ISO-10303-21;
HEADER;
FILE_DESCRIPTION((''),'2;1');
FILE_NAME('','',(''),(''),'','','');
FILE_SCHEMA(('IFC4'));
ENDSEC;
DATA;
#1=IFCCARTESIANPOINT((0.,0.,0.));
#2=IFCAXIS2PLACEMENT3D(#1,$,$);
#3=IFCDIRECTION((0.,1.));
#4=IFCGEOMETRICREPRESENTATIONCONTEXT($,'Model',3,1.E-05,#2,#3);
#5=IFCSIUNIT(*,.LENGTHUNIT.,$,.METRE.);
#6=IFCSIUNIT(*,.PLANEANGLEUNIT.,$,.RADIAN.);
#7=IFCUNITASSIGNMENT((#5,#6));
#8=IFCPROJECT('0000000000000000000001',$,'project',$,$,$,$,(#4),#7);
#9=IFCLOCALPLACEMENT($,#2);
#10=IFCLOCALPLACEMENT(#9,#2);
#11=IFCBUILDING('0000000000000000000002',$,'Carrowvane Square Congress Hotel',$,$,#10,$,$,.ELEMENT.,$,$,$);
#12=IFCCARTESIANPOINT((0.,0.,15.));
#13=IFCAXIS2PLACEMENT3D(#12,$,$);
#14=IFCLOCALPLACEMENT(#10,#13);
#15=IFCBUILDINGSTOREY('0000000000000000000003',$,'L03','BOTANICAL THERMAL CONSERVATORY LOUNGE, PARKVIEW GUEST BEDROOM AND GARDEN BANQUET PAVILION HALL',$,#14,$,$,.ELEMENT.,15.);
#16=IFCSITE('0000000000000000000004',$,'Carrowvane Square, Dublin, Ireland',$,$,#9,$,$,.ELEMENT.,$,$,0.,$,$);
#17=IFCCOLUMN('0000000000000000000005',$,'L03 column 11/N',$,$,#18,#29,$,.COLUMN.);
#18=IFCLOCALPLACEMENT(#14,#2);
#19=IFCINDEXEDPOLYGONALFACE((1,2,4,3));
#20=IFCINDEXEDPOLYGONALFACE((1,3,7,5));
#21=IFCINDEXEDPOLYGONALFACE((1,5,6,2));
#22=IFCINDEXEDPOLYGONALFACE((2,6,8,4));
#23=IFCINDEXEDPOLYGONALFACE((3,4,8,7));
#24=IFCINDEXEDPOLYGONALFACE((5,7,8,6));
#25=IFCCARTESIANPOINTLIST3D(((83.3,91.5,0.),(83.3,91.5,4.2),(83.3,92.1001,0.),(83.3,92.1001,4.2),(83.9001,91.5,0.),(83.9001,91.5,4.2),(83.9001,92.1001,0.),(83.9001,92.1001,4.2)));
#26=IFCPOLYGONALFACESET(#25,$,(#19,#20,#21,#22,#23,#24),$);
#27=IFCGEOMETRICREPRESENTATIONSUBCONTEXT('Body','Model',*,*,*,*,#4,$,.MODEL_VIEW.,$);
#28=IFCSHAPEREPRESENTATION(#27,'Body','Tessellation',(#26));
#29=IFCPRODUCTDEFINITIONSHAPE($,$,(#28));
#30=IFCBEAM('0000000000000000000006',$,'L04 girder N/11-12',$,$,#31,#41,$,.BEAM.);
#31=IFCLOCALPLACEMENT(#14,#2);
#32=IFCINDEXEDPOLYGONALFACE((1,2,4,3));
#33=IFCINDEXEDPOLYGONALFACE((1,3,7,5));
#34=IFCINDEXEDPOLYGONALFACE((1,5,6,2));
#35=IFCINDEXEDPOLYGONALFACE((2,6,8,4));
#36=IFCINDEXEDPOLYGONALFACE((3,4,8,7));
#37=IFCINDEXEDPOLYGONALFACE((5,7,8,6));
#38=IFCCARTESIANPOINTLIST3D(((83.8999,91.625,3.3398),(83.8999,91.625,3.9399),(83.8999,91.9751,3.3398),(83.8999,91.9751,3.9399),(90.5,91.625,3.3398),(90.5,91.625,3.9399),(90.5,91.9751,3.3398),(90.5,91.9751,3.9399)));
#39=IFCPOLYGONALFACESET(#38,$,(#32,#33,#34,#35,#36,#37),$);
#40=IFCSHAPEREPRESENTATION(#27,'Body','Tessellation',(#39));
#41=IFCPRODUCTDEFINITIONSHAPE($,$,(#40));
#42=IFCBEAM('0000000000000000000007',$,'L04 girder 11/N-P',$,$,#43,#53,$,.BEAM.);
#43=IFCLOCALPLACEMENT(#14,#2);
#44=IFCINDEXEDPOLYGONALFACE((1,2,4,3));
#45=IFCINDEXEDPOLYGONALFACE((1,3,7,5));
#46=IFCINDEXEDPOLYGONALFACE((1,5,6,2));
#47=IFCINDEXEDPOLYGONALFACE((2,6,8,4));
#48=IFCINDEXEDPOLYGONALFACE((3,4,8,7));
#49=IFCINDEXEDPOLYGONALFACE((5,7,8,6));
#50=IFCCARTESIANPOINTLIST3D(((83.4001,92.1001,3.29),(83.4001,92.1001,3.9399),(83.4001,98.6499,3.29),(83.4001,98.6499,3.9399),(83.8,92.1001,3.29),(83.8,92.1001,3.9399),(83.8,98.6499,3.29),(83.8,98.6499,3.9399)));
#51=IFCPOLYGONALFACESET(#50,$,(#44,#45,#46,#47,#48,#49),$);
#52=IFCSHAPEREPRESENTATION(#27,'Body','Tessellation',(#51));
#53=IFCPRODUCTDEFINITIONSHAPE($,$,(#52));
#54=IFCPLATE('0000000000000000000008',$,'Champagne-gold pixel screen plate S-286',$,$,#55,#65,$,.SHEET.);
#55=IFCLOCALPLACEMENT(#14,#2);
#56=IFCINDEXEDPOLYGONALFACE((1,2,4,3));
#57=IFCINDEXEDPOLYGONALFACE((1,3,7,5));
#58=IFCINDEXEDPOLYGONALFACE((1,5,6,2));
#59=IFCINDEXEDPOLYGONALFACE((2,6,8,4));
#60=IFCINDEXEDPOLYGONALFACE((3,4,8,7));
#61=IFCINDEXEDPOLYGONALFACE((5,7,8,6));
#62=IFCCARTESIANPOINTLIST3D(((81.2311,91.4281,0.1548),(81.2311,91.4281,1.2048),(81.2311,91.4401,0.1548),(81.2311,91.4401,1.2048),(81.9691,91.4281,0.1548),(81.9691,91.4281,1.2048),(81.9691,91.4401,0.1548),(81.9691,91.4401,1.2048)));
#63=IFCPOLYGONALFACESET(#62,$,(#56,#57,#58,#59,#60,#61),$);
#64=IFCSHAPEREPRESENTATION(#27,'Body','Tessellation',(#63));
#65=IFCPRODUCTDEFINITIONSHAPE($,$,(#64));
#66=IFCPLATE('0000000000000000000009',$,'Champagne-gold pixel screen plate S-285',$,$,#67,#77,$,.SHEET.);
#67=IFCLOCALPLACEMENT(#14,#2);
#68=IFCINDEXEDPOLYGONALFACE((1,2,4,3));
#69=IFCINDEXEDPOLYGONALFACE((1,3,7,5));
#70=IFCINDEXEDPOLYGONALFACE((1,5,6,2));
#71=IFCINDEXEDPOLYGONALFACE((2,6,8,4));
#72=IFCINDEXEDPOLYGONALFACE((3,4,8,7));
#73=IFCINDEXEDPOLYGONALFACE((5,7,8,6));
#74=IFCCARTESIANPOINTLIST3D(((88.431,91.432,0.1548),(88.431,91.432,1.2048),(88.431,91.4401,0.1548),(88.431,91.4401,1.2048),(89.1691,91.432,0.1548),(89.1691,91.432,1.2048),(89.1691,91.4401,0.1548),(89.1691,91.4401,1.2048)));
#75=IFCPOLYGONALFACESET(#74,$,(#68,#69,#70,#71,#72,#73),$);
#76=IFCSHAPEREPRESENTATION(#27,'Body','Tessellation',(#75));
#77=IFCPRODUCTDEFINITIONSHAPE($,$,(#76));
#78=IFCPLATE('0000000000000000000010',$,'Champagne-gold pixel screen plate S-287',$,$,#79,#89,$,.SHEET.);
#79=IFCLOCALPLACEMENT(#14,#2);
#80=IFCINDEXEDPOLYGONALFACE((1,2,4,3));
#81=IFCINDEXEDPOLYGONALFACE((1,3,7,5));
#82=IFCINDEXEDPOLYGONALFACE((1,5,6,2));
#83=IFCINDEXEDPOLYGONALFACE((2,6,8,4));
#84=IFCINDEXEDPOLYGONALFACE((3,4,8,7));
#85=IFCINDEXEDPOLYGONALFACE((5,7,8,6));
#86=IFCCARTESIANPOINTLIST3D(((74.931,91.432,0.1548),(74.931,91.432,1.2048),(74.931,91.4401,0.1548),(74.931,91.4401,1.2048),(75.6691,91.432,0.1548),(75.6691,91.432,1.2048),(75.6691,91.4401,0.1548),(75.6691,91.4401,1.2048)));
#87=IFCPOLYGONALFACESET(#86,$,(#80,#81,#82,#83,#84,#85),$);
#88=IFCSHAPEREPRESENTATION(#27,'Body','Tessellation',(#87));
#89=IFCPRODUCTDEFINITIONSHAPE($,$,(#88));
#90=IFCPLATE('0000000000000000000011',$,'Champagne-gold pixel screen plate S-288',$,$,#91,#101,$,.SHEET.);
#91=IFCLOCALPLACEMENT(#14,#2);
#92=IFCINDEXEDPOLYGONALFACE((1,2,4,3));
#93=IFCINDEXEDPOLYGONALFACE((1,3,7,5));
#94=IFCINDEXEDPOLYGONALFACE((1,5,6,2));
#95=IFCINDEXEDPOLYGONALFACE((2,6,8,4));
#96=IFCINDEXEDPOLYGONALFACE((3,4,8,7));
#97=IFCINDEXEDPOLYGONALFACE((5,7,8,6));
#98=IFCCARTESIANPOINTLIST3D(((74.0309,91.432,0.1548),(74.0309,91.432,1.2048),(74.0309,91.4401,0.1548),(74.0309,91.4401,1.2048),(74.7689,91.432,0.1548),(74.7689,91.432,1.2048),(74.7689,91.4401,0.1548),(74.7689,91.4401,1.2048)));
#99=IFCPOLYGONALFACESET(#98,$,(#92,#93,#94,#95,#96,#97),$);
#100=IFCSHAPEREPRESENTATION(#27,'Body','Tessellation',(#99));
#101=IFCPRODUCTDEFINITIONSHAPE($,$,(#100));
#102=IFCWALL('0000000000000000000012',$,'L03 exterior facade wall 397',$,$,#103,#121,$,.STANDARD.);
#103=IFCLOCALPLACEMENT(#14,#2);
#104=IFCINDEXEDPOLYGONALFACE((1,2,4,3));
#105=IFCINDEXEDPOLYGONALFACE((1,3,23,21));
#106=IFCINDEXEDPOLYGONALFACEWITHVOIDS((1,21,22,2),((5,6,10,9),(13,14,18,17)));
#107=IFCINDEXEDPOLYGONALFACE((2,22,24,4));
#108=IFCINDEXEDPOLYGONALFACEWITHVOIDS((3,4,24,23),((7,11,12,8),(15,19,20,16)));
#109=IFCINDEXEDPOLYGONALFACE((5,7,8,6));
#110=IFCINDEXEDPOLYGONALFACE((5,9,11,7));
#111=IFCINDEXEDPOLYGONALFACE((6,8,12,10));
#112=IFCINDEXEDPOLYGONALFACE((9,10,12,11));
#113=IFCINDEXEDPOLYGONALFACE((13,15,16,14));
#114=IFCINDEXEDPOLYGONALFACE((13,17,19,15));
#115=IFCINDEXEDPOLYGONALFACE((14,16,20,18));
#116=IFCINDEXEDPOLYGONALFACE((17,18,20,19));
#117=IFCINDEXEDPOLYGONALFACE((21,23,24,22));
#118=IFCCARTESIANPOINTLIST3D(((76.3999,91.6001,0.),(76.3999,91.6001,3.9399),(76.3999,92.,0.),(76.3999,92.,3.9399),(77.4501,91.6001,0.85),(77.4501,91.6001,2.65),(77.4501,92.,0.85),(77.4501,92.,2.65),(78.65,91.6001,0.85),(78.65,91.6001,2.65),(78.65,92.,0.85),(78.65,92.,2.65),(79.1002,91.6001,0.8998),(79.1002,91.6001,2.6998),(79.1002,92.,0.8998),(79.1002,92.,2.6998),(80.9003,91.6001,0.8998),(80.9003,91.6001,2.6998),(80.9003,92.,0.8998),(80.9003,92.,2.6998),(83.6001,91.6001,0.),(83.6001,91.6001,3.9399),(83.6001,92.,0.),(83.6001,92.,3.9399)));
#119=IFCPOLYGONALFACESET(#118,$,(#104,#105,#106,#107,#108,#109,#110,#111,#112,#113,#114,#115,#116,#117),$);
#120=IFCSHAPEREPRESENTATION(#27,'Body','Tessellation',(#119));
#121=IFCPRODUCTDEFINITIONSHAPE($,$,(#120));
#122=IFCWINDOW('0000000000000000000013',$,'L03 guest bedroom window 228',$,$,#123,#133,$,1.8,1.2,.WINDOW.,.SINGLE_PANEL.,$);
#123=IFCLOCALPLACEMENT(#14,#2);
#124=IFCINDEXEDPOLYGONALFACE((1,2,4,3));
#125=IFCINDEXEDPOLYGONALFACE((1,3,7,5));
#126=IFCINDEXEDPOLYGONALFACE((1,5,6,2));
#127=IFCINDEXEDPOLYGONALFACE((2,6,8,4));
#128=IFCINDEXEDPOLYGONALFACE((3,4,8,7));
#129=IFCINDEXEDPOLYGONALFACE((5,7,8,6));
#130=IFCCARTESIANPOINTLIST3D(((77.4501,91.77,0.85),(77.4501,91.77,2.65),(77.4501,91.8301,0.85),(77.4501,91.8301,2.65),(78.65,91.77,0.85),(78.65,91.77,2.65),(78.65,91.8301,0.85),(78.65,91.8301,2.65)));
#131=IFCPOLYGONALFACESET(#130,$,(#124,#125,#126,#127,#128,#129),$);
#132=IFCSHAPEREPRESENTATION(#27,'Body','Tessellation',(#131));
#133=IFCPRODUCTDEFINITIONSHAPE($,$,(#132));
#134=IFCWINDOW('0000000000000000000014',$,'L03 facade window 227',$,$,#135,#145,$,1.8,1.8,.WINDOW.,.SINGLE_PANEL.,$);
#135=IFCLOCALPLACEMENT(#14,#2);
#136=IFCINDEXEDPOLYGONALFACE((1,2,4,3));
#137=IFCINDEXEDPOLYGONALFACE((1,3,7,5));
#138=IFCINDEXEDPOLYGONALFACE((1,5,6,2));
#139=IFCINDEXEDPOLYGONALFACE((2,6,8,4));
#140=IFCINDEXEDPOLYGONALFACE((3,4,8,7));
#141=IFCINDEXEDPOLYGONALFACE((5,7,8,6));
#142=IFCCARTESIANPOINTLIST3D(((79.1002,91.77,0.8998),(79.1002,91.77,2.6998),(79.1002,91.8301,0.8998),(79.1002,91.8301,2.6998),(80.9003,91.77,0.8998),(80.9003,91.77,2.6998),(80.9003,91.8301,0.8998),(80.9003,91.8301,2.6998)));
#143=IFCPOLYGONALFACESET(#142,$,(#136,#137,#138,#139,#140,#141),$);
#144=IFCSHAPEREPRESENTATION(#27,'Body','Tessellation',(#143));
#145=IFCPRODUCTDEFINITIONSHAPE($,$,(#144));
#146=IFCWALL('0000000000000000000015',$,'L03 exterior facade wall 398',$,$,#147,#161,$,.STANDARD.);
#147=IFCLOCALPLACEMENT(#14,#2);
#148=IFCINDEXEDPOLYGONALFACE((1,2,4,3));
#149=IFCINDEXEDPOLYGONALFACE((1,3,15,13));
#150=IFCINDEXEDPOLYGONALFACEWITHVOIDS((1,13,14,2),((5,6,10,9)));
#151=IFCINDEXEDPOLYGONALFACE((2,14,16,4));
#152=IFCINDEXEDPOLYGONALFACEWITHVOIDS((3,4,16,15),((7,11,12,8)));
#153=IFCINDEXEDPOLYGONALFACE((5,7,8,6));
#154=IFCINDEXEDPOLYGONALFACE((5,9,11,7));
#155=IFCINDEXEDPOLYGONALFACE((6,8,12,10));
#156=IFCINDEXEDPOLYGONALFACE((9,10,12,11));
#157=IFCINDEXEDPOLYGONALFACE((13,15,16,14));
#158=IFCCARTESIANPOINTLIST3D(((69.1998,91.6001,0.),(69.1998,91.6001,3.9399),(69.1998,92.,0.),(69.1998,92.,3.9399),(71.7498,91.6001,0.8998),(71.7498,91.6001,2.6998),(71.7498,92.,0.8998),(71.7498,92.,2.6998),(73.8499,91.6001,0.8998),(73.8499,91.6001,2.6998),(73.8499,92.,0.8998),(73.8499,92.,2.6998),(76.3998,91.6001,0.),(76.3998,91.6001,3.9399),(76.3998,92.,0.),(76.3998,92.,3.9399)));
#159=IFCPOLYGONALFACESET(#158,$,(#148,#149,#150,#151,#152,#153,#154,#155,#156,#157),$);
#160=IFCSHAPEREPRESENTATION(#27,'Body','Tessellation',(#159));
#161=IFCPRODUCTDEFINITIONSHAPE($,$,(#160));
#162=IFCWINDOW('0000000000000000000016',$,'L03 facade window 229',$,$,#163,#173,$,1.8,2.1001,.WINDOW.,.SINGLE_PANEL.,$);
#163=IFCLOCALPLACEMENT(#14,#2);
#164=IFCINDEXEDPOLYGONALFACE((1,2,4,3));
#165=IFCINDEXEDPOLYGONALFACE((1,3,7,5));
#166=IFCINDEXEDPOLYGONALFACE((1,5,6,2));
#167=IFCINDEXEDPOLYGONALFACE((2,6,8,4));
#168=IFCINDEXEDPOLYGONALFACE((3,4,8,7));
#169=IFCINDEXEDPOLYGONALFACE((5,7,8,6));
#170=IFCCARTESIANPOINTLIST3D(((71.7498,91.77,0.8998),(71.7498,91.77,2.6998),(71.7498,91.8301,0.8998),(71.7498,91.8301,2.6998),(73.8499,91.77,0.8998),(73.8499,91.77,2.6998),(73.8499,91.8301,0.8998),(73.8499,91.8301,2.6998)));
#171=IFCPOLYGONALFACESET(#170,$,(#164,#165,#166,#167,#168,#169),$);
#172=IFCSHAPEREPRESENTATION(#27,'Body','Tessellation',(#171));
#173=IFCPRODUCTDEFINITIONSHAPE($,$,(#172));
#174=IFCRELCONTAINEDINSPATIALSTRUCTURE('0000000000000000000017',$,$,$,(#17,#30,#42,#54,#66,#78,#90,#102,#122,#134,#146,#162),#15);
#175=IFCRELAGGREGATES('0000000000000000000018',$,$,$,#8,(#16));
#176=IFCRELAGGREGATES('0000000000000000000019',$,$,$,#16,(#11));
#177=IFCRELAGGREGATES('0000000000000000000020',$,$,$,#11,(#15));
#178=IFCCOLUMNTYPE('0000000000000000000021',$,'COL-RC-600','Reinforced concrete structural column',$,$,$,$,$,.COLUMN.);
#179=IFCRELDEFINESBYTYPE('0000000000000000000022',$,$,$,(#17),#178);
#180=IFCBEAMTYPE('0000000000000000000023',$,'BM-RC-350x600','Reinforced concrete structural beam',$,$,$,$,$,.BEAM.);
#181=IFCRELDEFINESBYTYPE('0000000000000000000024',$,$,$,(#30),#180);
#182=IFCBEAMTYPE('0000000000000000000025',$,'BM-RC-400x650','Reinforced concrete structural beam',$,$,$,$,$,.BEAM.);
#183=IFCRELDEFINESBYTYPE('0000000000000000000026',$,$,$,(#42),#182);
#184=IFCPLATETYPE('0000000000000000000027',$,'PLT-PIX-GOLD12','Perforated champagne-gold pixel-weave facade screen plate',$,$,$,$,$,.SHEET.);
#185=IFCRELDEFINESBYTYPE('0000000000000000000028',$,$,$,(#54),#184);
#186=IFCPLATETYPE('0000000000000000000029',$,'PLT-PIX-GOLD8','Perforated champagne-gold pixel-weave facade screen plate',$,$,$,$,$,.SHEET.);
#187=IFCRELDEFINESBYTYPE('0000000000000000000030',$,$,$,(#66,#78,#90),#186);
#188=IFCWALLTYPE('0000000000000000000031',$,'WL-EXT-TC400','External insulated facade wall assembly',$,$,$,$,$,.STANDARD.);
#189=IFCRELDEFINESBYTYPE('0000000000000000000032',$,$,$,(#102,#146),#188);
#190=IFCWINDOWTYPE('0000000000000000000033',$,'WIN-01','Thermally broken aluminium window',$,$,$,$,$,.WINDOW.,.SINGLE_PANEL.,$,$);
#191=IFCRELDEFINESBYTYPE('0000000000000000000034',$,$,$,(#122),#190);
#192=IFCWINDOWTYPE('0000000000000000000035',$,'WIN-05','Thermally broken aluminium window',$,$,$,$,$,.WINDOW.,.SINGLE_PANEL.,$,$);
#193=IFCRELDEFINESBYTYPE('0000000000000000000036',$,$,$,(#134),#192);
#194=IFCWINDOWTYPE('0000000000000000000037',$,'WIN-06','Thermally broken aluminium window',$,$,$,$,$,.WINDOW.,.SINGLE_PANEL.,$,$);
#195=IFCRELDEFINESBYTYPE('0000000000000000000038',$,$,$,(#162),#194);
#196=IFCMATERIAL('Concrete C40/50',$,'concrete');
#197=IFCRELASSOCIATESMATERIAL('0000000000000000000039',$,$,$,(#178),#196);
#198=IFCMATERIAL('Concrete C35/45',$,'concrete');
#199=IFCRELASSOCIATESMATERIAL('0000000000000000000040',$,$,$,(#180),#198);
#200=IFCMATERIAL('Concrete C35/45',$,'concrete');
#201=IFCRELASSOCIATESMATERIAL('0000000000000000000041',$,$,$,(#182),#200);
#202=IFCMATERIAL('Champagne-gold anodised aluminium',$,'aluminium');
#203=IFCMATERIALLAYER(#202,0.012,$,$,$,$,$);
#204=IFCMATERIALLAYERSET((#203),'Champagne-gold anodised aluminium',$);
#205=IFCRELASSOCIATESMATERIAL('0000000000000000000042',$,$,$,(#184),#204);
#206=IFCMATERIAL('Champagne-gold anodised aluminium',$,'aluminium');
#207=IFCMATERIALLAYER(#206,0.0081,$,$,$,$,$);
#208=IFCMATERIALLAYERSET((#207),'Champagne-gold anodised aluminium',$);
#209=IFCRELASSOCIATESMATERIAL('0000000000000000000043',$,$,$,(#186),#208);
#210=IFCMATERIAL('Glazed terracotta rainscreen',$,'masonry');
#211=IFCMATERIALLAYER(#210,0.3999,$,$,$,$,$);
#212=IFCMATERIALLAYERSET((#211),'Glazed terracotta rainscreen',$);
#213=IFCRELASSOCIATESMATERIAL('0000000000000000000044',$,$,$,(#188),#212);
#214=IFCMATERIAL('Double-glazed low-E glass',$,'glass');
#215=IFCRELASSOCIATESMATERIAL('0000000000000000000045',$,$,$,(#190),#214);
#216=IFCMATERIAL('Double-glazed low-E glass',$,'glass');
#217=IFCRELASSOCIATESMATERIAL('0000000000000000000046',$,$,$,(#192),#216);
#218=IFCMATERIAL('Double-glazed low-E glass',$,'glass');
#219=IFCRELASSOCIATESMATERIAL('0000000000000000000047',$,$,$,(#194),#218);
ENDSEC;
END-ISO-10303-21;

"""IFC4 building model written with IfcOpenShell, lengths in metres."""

from ifc_helpers import new_model, si_unit, direction, frame, frame_2d, origin, origin_2d, place, context, subcontext, project, spatial, rectangle, extrude, material, layer, layer_set, material_profile, profile_set, type_object, element, fill, save


model = new_model("IFC4")

# Units and contexts
model_context = context("Model", 3, precision=1e-05, world=origin(), true_north=direction((0.0, 1.0)))
body_context = subcontext(model_context, "Body", "Model", "MODEL_VIEW")
ifc_project = project(units=[si_unit("LENGTHUNIT", "METRE"), si_unit("PLANEANGLEUNIT", "RADIAN")], contexts=[model_context])

# Site, building, storey
site_placement = place(None, origin())
site = spatial("IfcSite", under=ifc_project, at=site_placement, Name="Carrowvane Square, Dublin, Ireland", CompositionType="ELEMENT", RefElevation=0.0)
building_placement = place(site_placement, origin())
building = spatial("IfcBuilding", under=site, at=building_placement, Name="Carrowvane Square Congress Hotel", CompositionType="ELEMENT")
storey_placement = place(building_placement, frame((0.0, 0.0, 15.0)))
storey = spatial("IfcBuildingStorey", under=building, at=storey_placement, Name="L03", Description="BOTANICAL THERMAL CONSERVATORY LOUNGE, PARKVIEW GUEST BEDROOM AND GARDEN BANQUET PAVILION HALL", CompositionType="ELEMENT", Elevation=15.0)

# Column
ifc_material_1 = material(Name="Concrete C40/50", Category="concrete")
ifc_material_profile_1 = material_profile(ifc_material_1, rectangle(XDim=0.6001, YDim=0.6001, at=origin_2d()), Name="RC 600x600")
ifc_profile_set_1 = profile_set([ifc_material_profile_1], Name="Concrete C40/50")
column_type = type_object("IfcColumnType", Name="COL-RC-600", Description="Reinforced concrete structural column", PredefinedType="COLUMN", material=ifc_profile_set_1)
column_placement = place(storey_placement, frame((83.6001, 91.8, 0.0), z_axis=(0.0, 0.0, 1.0), x_axis=(1.0, 0.0, 0.0)))
element("IfcColumn", 1, at=column_placement, inside=storey, type_object=column_type, Name="L03 column 11/N", PredefinedType="COLUMN", context=body_context, shape_type="SweptSolid", body=[
    extrude(rectangle(XDim=0.6001, YDim=0.6001, at=origin_2d()), origin(), (0.0, 0.0, 1.0), 4.2),
])

# Beams
ifc_material_2 = material(Name="Concrete C35/45", Category="concrete")
ifc_material_profile_2 = material_profile(ifc_material_2, rectangle(XDim=0.3501, YDim=0.6001, at=origin_2d()), Name="RC 350x600")
ifc_profile_set_2 = profile_set([ifc_material_profile_2], Name="Concrete C35/45")
beam_type_1 = type_object("IfcBeamType", Name="BM-RC-350x600", Description="Reinforced concrete structural beam", PredefinedType="BEAM", material=ifc_profile_set_2)
beam_1_placement = place(storey_placement, frame((83.8999, 91.8, 3.6399), z_axis=(1.0, 0.0, 0.0), x_axis=(0.0, 1.0, 0.0)))
element("IfcBeam", 2, at=beam_1_placement, inside=storey, type_object=beam_type_1, Name="L04 girder N/11-12", PredefinedType="BEAM", context=body_context, shape_type="SweptSolid", body=[
    extrude(rectangle(XDim=0.3501, YDim=0.6001, at=origin_2d()), origin(), (0.0, 0.0, 1.0), 6.6001),
])
ifc_material_3 = material(Name="Concrete C35/45", Category="concrete")
ifc_material_profile_3 = material_profile(ifc_material_3, rectangle(XDim=0.3999, YDim=0.6499, at=origin_2d()), Name="RC 400x650")
ifc_profile_set_3 = profile_set([ifc_material_profile_3], Name="Concrete C35/45")
beam_type_2 = type_object("IfcBeamType", Name="BM-RC-400x650", Description="Reinforced concrete structural beam", PredefinedType="BEAM", material=ifc_profile_set_3)
beam_2_placement = place(storey_placement, frame((83.6001, 92.1001, 3.615), z_axis=(0.0, 1.0, 0.0), x_axis=(-1.0, 0.0, 0.0)))
element("IfcBeam", 3, at=beam_2_placement, inside=storey, type_object=beam_type_2, Name="L04 girder 11/N-P", PredefinedType="BEAM", context=body_context, shape_type="SweptSolid", body=[
    extrude(rectangle(XDim=0.3999, YDim=0.6499, at=origin_2d()), origin(), (0.0, 0.0, 1.0), 6.5498),
])

# Plates
ifc_material_4 = material(Name="Champagne-gold anodised aluminium", Category="aluminium")
ifc_layer_1 = layer(ifc_material_4, 0.012)
ifc_layer_set_1 = layer_set([ifc_layer_1], Name="Champagne-gold anodised aluminium")
plate_type_1 = type_object("IfcPlateType", Name="PLT-PIX-GOLD12", Description="Perforated champagne-gold pixel-weave facade screen plate", PredefinedType="SHEET", material=ifc_layer_set_1)
plate_placement = place(storey_placement, frame((81.6001, 91.4341, 0.1548), z_axis=(0.0, 0.0, 1.0), x_axis=(-1.0, 0.0, 0.0)))
element("IfcPlate", 4, at=plate_placement, inside=storey, type_object=plate_type_1, Name="Champagne-gold pixel screen plate S-286", PredefinedType="SHEET", context=body_context, shape_type="SweptSolid", body=[
    extrude(rectangle(XDim=0.738, YDim=0.012, at=origin_2d()), origin(), (0.0, 0.0, 1.0), 1.05),
])
ifc_material_5 = material(Name="Champagne-gold anodised aluminium", Category="aluminium")
ifc_layer_2 = layer(ifc_material_5, 0.0081)
ifc_layer_set_2 = layer_set([ifc_layer_2], Name="Champagne-gold anodised aluminium")
plate_type_2 = type_object("IfcPlateType", Name="PLT-PIX-GOLD8", Description="Perforated champagne-gold pixel-weave facade screen plate", PredefinedType="SHEET", material=ifc_layer_set_2)
for number, where, z_axis, x_axis, name in (
    (5, (88.8, 91.436, 0.1548), (0.0, 0.0, 1.0), (-1.0, 0.0, 0.0), "Champagne-gold pixel screen plate S-285"),
    (6, (75.3, 91.436, 0.1548), (0.0, 0.0, 1.0), (-1.0, 0.0, 0.0), "Champagne-gold pixel screen plate S-287"),
    (7, (74.3999, 91.436, 0.1548), (0.0, 0.0, 1.0), (-1.0, 0.0, 0.0), "Champagne-gold pixel screen plate S-288"),
):
    element("IfcPlate", number, at=place(storey_placement, frame(where, z_axis=z_axis, x_axis=x_axis)), inside=storey, type_object=plate_type_2, Name=name, PredefinedType="SHEET", context=body_context, shape_type="SweptSolid", body=[
        extrude(rectangle(XDim=0.738, YDim=0.0081, at=origin_2d()), origin(), (0.0, 0.0, 1.0), 1.05),
    ])

# Wall, openings, windows
ifc_material_6 = material(Name="Glazed terracotta rainscreen", Category="masonry")
ifc_layer_3 = layer(ifc_material_6, 0.3999)
ifc_layer_set_3 = layer_set([ifc_layer_3], Name="Glazed terracotta rainscreen")
wall_type_1 = type_object("IfcWallType", Name="WL-EXT-TC400", Description="External insulated facade wall assembly", PredefinedType="STANDARD", material=ifc_layer_set_3)
wall_1_placement = place(storey_placement, frame((83.6001, 91.8, 0.0), z_axis=(0.0, 0.0, 1.0), x_axis=(-1.0, 0.0, 0.0)))
wall_1 = element("IfcWall", 8, at=wall_1_placement, inside=storey, type_object=wall_type_1, Name="L03 exterior facade wall 397", PredefinedType="STANDARD", context=body_context, shape_type="SweptSolid", body=[
    extrude(rectangle(XDim=7.2002, YDim=0.3999, at=frame_2d((3.6001, 0.0))), origin(), (0.0, 0.0, 1.0), 3.9399),
])
opening_1_placement = place(wall_1_placement, frame((2.7, 0.0, 0.8999)))
opening_1 = element("IfcOpeningElement", 9, at=opening_1_placement, cuts=wall_1, PredefinedType="OPENING", context=body_context, shape_type="SweptSolid", body=[
    extrude(rectangle(XDim=1.8, YDim=1.8, at=frame_2d((0.8999, 0.8999))), frame((0.0, 0.21, 0.0), z_axis=(0.0, -1.0, 0.0), x_axis=(1.0, 0.0, 0.0)), (0.0, 0.0, 1.0), 0.4199),
])
opening_2_placement = place(wall_1_placement, frame((4.95, 0.0, 0.8501)))
opening_2 = element("IfcOpeningElement", 10, at=opening_2_placement, cuts=wall_1, PredefinedType="OPENING", context=body_context, shape_type="SweptSolid", body=[
    extrude(rectangle(XDim=1.2, YDim=1.8, at=frame_2d((0.6001, 0.8999))), frame((0.0, 0.21, 0.0), z_axis=(0.0, -1.0, 0.0), x_axis=(1.0, 0.0, 0.0)), (0.0, 0.0, 1.0), 0.4199),
])
ifc_material_7 = material(Name="Double-glazed low-E glass", Category="glass")
window_type_1 = type_object("IfcWindowType", Name="WIN-01", Description="Thermally broken aluminium window", PartitioningType="SINGLE_PANEL", PredefinedType="WINDOW", material=ifc_material_7)
window_1_placement = place(opening_2_placement, origin())
window_1 = element("IfcWindow", 11, at=window_1_placement, inside=storey, type_object=window_type_1, Name="L03 guest bedroom window 228", OverallHeight=1.8, OverallWidth=1.2, PartitioningType="SINGLE_PANEL", PredefinedType="WINDOW", context=body_context, shape_type="SweptSolid", body=[
    extrude(rectangle(XDim=1.2, YDim=1.8, at=frame_2d((0.6001, 0.8999))), frame((0.0, 0.03, 0.0), z_axis=(0.0, -1.0, 0.0), x_axis=(1.0, 0.0, 0.0)), (0.0, 0.0, 1.0), 0.0601),
])
fill(opening_2, window_1)
ifc_material_8 = material(Name="Double-glazed low-E glass", Category="glass")
window_type_2 = type_object("IfcWindowType", Name="WIN-05", Description="Thermally broken aluminium window", PartitioningType="SINGLE_PANEL", PredefinedType="WINDOW", material=ifc_material_8)
window_2_placement = place(opening_1_placement, origin())
window_2 = element("IfcWindow", 12, at=window_2_placement, inside=storey, type_object=window_type_2, Name="L03 facade window 227", OverallHeight=1.8, OverallWidth=1.8, PartitioningType="SINGLE_PANEL", PredefinedType="WINDOW", context=body_context, shape_type="SweptSolid", body=[
    extrude(rectangle(XDim=1.8, YDim=1.8, at=frame_2d((0.8999, 0.8999))), frame((0.0, 0.03, 0.0), z_axis=(0.0, -1.0, 0.0), x_axis=(1.0, 0.0, 0.0)), (0.0, 0.0, 1.0), 0.0601),
])
fill(opening_1, window_2)

# Wall, opening, window
wall_2_placement = place(storey_placement, frame((76.3999, 91.8, 0.0), z_axis=(0.0, 0.0, 1.0), x_axis=(-1.0, 0.0, 0.0)))
wall_2 = element("IfcWall", 13, at=wall_2_placement, inside=storey, type_object=wall_type_1, Name="L03 exterior facade wall 398", PredefinedType="STANDARD", context=body_context, shape_type="SweptSolid", body=[
    extrude(rectangle(XDim=7.2, YDim=0.3999, at=frame_2d((3.6001, 0.0))), origin(), (0.0, 0.0, 1.0), 3.9399),
])
opening_3_placement = place(wall_2_placement, frame((2.55, 0.0, 0.8999)))
opening_3 = element("IfcOpeningElement", 14, at=opening_3_placement, cuts=wall_2, PredefinedType="OPENING", context=body_context, shape_type="SweptSolid", body=[
    extrude(rectangle(XDim=2.1001, YDim=1.8, at=frame_2d((1.05, 0.8999))), frame((0.0, 0.21, 0.0), z_axis=(0.0, -1.0, 0.0), x_axis=(1.0, 0.0, 0.0)), (0.0, 0.0, 1.0), 0.4199),
])
ifc_material_9 = material(Name="Double-glazed low-E glass", Category="glass")
window_type_3 = type_object("IfcWindowType", Name="WIN-06", Description="Thermally broken aluminium window", PartitioningType="SINGLE_PANEL", PredefinedType="WINDOW", material=ifc_material_9)
window_3_placement = place(opening_3_placement, origin())
window_3 = element("IfcWindow", 15, at=window_3_placement, inside=storey, type_object=window_type_3, Name="L03 facade window 229", OverallHeight=1.8, OverallWidth=2.1001, PartitioningType="SINGLE_PANEL", PredefinedType="WINDOW", context=body_context, shape_type="SweptSolid", body=[
    extrude(rectangle(XDim=2.1001, YDim=1.8, at=frame_2d((1.05, 0.8999))), frame((0.0, 0.03, 0.0), z_axis=(0.0, -1.0, 0.0), x_axis=(1.0, 0.0, 0.0)), (0.0, 0.0, 1.0), 0.0601),
])
fill(opening_3, window_3)

save(model, "model.ifc")
